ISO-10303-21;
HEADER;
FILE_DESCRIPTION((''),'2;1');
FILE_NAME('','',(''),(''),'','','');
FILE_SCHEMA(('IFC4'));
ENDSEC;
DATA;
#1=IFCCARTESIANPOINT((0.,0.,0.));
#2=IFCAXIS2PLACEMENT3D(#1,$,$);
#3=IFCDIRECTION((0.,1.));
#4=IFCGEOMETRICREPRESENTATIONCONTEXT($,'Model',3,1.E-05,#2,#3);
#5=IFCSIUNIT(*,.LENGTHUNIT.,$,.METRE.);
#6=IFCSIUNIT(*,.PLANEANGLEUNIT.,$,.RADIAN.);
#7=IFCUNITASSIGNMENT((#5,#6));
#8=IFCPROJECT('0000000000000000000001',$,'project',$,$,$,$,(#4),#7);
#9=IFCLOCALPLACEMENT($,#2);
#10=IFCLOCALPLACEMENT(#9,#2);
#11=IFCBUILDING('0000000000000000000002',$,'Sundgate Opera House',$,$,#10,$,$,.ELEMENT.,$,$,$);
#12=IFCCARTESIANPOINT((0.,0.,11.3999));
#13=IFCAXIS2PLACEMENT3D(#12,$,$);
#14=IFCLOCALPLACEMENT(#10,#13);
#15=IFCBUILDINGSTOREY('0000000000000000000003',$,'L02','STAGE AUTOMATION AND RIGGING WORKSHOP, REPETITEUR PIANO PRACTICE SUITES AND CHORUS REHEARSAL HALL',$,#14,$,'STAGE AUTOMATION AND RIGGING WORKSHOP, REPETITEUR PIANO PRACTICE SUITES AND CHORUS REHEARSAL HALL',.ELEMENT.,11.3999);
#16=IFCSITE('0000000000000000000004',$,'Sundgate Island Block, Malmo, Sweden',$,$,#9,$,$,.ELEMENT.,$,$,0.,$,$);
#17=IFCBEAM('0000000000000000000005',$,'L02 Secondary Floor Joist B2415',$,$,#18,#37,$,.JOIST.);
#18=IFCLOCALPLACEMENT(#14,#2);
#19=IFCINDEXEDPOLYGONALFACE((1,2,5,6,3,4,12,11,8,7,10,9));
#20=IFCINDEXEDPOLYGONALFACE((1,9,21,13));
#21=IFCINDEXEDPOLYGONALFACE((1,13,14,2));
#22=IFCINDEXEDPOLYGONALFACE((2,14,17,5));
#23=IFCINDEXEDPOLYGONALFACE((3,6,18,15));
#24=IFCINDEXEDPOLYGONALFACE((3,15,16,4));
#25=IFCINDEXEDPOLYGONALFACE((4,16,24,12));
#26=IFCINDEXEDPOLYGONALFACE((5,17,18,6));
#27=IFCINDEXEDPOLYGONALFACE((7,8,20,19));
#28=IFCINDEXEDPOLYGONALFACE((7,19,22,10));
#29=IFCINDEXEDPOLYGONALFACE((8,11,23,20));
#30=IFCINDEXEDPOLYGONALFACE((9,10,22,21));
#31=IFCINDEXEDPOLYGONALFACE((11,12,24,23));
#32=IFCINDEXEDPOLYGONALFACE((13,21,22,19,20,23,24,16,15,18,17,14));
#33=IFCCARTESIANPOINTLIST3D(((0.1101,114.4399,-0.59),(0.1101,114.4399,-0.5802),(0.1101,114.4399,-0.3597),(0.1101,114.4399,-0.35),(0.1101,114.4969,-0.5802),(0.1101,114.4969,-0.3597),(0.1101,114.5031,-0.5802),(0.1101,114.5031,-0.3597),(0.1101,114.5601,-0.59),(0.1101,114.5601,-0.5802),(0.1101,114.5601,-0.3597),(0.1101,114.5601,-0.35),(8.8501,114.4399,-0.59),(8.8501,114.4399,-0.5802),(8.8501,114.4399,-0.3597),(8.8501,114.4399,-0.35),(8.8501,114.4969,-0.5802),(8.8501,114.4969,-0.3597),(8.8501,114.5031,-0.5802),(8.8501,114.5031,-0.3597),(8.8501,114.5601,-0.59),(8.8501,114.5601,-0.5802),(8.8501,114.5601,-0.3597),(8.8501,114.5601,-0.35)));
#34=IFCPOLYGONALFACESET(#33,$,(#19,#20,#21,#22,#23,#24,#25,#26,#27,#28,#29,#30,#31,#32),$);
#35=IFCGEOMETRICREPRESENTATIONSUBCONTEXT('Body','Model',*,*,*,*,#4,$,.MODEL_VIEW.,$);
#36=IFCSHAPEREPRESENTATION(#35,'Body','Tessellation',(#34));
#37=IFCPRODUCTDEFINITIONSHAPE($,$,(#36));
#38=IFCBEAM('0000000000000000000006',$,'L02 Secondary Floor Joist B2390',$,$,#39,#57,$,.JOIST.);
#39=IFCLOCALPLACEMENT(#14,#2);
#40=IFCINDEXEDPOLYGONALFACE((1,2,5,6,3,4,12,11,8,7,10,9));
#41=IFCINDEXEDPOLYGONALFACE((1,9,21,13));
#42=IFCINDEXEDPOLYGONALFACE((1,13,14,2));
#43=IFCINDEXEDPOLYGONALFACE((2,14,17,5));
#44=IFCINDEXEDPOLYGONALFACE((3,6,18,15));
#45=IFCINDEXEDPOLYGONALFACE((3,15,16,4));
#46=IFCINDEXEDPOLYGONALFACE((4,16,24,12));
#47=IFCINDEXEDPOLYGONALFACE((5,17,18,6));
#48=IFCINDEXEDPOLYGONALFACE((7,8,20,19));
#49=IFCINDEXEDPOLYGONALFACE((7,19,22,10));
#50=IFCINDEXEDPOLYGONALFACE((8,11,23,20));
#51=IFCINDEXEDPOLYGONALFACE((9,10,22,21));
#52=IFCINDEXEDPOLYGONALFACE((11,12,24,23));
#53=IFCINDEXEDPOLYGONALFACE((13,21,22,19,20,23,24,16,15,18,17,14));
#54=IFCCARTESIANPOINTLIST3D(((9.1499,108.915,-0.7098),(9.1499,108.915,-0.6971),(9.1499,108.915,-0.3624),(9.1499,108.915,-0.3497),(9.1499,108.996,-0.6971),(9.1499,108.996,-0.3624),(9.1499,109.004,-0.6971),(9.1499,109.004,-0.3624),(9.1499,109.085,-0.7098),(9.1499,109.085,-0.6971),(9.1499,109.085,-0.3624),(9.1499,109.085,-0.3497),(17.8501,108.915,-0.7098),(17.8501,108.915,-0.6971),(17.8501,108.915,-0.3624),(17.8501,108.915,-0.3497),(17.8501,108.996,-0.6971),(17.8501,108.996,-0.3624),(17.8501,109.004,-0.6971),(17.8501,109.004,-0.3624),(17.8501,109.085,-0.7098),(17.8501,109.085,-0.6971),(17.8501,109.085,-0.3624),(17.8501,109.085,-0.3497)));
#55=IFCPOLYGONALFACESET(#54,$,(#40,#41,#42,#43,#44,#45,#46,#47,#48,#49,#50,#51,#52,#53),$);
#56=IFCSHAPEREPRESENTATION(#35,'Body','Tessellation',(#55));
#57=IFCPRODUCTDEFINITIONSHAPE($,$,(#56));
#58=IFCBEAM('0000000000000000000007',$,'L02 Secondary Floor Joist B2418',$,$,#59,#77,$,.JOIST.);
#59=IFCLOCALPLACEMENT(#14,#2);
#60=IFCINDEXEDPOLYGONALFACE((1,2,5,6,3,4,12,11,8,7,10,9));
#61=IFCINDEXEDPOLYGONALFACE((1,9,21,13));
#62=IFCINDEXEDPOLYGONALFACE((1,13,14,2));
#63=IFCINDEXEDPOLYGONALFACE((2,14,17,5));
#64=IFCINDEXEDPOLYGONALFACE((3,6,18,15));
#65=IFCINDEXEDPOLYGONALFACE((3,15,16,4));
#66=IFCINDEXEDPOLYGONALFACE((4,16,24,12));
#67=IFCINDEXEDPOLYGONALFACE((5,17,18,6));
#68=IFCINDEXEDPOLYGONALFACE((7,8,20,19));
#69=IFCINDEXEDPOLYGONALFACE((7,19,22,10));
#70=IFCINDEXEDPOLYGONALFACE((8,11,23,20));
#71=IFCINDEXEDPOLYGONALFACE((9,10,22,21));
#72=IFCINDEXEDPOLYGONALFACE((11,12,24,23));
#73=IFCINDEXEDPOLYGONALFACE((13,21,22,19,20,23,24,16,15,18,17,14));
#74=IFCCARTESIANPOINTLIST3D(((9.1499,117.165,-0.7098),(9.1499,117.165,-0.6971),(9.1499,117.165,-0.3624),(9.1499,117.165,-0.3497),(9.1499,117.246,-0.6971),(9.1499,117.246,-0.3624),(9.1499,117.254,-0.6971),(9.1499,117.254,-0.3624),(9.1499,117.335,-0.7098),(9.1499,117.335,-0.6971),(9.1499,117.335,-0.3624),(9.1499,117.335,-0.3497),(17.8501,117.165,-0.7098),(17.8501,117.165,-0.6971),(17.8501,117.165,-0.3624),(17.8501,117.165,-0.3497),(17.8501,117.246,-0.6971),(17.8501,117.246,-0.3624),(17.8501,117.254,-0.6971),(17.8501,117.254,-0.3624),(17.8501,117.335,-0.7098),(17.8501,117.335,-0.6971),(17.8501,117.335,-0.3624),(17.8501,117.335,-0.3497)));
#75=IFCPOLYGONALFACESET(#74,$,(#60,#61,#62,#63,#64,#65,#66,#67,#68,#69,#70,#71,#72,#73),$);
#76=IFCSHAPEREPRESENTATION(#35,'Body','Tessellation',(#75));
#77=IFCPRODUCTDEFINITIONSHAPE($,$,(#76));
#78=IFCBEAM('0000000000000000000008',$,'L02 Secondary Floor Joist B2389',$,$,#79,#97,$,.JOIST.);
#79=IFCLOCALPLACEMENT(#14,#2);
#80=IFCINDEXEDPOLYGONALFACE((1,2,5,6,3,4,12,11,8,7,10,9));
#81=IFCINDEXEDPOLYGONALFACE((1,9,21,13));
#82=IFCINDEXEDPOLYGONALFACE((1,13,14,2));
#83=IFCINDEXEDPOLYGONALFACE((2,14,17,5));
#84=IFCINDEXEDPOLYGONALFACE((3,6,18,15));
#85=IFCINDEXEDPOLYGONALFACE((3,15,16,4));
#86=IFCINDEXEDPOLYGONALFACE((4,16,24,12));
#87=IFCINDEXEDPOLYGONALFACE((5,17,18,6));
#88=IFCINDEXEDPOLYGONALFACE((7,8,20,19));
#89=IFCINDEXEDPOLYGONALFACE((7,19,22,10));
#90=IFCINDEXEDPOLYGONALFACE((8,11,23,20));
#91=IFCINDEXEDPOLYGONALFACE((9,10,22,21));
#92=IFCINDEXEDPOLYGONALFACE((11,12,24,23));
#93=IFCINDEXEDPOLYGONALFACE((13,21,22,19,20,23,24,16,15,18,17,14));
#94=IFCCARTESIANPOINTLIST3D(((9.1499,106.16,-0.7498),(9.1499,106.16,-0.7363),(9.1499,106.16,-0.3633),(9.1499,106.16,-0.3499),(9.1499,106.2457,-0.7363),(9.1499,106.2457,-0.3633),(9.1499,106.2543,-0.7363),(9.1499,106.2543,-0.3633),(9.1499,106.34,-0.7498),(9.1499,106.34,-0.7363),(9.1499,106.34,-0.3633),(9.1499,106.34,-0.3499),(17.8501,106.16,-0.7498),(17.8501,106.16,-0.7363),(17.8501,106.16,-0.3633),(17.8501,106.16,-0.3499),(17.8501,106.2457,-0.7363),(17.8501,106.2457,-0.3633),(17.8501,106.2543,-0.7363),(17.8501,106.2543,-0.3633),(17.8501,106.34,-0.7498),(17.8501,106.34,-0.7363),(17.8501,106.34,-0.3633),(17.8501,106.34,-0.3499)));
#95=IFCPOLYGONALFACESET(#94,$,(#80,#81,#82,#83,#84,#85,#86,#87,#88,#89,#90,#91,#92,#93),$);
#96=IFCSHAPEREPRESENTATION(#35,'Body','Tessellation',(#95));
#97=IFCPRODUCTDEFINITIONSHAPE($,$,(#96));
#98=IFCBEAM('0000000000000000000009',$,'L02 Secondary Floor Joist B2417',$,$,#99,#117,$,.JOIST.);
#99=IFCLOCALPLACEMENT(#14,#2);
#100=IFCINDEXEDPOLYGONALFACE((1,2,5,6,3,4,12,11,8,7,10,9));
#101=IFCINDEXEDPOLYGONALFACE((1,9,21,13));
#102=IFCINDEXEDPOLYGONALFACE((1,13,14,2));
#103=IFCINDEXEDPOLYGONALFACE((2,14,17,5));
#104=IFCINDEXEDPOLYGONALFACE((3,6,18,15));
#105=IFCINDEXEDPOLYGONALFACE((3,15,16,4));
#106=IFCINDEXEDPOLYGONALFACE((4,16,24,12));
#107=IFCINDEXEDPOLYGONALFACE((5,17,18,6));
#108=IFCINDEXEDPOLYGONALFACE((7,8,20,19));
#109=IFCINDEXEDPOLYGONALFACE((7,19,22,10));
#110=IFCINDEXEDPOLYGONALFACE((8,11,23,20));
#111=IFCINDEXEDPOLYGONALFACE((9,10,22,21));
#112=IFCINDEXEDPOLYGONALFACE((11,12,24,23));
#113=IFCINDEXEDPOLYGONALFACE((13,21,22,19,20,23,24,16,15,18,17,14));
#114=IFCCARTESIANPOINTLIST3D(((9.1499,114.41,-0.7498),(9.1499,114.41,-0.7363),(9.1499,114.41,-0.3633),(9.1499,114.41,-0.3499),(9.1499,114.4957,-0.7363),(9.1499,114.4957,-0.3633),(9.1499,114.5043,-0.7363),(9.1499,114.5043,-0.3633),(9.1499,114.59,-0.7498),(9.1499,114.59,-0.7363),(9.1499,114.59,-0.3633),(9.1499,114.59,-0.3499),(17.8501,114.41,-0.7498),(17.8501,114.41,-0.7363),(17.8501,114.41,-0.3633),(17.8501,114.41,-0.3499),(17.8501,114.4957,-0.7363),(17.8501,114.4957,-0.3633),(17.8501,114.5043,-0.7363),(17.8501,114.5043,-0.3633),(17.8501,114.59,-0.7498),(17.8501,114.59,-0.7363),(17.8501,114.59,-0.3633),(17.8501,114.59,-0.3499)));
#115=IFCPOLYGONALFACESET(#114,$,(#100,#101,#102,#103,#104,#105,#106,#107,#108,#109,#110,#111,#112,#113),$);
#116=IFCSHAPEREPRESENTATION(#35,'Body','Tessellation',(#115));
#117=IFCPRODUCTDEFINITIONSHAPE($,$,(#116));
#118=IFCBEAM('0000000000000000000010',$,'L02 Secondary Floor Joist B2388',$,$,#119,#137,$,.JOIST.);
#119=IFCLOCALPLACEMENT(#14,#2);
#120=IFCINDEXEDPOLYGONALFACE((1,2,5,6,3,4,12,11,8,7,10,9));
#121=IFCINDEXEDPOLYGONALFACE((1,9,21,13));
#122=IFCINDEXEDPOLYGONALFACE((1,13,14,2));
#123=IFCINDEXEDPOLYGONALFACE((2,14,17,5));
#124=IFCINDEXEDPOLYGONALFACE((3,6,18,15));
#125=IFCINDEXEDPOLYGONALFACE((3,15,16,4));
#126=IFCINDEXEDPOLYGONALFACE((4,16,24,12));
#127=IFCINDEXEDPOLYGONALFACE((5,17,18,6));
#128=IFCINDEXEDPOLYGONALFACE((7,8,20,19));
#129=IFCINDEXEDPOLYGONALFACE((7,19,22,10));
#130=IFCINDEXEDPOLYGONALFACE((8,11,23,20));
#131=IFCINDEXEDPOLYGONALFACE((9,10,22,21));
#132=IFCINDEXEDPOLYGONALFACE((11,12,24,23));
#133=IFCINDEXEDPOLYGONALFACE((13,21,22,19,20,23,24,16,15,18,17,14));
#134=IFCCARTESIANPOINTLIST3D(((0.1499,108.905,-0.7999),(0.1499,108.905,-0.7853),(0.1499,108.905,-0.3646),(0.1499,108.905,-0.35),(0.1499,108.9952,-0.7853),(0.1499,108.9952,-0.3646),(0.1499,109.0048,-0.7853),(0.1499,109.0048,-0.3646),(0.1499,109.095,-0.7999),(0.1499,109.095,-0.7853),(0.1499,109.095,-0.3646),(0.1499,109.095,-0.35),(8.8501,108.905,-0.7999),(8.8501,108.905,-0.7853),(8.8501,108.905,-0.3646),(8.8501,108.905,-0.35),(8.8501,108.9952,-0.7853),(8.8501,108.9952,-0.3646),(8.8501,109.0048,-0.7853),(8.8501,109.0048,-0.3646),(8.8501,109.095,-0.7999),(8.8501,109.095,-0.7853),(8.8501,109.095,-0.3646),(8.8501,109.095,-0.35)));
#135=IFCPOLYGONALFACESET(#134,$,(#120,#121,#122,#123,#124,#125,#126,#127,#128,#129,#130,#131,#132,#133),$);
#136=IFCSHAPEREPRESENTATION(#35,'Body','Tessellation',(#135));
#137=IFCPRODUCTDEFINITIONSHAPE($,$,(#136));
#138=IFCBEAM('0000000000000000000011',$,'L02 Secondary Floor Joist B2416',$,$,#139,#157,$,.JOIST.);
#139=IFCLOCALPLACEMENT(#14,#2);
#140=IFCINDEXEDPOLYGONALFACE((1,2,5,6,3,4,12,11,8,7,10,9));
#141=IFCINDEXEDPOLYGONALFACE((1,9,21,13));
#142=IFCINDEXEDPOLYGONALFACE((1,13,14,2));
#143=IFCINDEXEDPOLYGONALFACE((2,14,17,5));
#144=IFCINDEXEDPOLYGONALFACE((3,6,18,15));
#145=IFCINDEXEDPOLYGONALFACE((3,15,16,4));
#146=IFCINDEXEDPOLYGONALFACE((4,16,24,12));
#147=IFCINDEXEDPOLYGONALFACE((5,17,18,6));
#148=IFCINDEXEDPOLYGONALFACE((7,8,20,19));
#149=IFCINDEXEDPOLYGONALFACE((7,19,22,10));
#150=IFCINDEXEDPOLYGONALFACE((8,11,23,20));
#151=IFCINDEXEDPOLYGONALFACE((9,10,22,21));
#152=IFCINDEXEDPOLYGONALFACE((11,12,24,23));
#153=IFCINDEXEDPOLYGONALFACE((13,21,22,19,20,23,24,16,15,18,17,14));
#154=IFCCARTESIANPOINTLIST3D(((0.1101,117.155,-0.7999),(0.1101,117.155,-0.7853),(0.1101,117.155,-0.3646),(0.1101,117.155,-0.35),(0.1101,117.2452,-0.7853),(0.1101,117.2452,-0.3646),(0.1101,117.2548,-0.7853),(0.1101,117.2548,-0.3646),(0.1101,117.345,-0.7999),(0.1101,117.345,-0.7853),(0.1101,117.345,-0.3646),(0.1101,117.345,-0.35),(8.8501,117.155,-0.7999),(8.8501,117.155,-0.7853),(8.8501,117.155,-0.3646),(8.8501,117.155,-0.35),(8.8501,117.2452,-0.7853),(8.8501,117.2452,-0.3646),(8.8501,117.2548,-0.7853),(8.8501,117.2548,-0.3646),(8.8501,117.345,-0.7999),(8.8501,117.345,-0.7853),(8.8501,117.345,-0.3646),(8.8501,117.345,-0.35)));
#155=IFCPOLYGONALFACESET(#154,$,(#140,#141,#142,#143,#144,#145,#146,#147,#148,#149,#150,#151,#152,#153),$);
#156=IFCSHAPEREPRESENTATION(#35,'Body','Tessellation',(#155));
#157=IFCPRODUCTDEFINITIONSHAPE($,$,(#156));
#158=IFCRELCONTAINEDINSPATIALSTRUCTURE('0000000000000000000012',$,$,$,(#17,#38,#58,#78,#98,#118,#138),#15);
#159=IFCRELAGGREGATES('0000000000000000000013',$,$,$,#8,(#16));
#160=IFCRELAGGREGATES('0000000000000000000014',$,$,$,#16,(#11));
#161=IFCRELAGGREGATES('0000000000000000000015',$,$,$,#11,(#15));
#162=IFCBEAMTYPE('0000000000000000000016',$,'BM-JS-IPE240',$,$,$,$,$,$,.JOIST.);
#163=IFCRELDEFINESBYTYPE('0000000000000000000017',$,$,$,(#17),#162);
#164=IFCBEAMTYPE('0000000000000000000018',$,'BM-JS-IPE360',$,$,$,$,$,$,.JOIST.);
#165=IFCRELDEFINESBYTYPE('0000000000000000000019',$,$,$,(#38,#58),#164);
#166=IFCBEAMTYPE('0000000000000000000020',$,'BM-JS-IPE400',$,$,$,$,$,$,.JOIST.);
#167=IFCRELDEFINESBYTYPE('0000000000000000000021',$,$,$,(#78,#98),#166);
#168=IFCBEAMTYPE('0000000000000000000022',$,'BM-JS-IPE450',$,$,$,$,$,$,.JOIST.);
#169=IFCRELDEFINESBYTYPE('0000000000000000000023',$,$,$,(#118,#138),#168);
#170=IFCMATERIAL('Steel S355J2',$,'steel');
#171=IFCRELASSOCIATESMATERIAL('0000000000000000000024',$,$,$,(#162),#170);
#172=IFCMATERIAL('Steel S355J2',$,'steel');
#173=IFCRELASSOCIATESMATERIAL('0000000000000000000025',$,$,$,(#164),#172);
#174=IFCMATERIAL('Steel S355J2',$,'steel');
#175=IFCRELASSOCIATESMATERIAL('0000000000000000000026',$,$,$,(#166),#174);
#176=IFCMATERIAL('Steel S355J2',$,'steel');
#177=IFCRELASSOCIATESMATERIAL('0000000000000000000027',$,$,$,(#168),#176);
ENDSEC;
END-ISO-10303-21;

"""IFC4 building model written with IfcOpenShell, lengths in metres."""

from ifc_helpers import new_model, si_unit, direction, frame, origin, origin_2d, place, context, subcontext, project, spatial, i_section, extrude, material, material_profile, profile_set, type_object, element, save


model = new_model("IFC4")

# Units and contexts
model_context = context("Model", 3, precision=1e-05, world=origin(), true_north=direction((0.0, 1.0)))
body_context = subcontext(model_context, "Body", "Model", "MODEL_VIEW")
ifc_project = project(units=[si_unit("LENGTHUNIT", "METRE"), si_unit("PLANEANGLEUNIT", "RADIAN")], contexts=[model_context])

# Site, building, storey
site_placement = place(None, origin())
site = spatial("IfcSite", under=ifc_project, at=site_placement, Name="Sundgate Island Block, Malmo, Sweden", CompositionType="ELEMENT", RefElevation=0.0)
building_placement = place(site_placement, origin())
building = spatial("IfcBuilding", under=site, at=building_placement, Name="Sundgate Opera House", CompositionType="ELEMENT")
storey_placement = place(building_placement, frame((0.0, 0.0, 11.3999)))
storey = spatial("IfcBuildingStorey", under=building, at=storey_placement, Name="L02", Description="STAGE AUTOMATION AND RIGGING WORKSHOP, REPETITEUR PIANO PRACTICE SUITES AND CHORUS REHEARSAL HALL", LongName="STAGE AUTOMATION AND RIGGING WORKSHOP, REPETITEUR PIANO PRACTICE SUITES AND CHORUS REHEARSAL HALL", CompositionType="ELEMENT", Elevation=11.3999)

# Beams
ifc_material_1 = material(Name="Steel S355J2", Category="steel")
ifc_material_profile_1 = material_profile(ifc_material_1, i_section(OverallWidth=0.1201, OverallDepth=0.24, WebThickness=0.0061, FlangeThickness=0.0098, at=origin_2d()), Name="IPE 240")
ifc_profile_set_1 = profile_set([ifc_material_profile_1], Name="Steel S355J2")
beam_type_1 = type_object("IfcBeamType", Name="BM-JS-IPE240", PredefinedType="JOIST", material=ifc_profile_set_1)
beam_1_placement = place(storey_placement, frame((0.1101, 114.5, -0.47), z_axis=(1.0, 0.0, 0.0), x_axis=(0.0, 1.0, 0.0)))
element("IfcBeam", 1, at=beam_1_placement, inside=storey, type_object=beam_type_1, Name="L02 Secondary Floor Joist B2415", PredefinedType="JOIST", context=body_context, shape_type="SweptSolid", body=[
    extrude(i_section(OverallWidth=0.1201, OverallDepth=0.24, WebThickness=0.0061, FlangeThickness=0.0098, at=origin_2d()), origin(), (0.0, 0.0, 1.0), 8.74),
])
ifc_material_2 = material(Name="Steel S355J2", Category="steel")
ifc_material_profile_2 = material_profile(ifc_material_2, i_section(OverallWidth=0.1699, OverallDepth=0.3601, WebThickness=0.0081, FlangeThickness=0.0127, at=origin_2d()), Name="IPE 360")
ifc_profile_set_2 = profile_set([ifc_material_profile_2], Name="Steel S355J2")
beam_type_2 = type_object("IfcBeamType", Name="BM-JS-IPE360", PredefinedType="JOIST", material=ifc_profile_set_2)
for number, where, z_axis, x_axis, name in (
    (2, (9.1499, 109.0, -0.5298), (1.0, 0.0, 0.0), (0.0, 1.0, 0.0), "L02 Secondary Floor Joist B2390"),
    (3, (9.1499, 117.25, -0.5298), (1.0, 0.0, 0.0), (0.0, 1.0, 0.0), "L02 Secondary Floor Joist B2418"),
):
    element("IfcBeam", number, at=place(storey_placement, frame(where, z_axis=z_axis, x_axis=x_axis)), inside=storey, type_object=beam_type_2, Name=name, PredefinedType="JOIST", context=body_context, shape_type="SweptSolid", body=[
        extrude(i_section(OverallWidth=0.1699, OverallDepth=0.3601, WebThickness=0.0081, FlangeThickness=0.0127, at=origin_2d()), origin(), (0.0, 0.0, 1.0), 8.7002),
    ])
ifc_material_3 = material(Name="Steel S355J2", Category="steel")
ifc_material_profile_3 = material_profile(ifc_material_3, i_section(OverallWidth=0.1799, OverallDepth=0.3999, WebThickness=0.0085, FlangeThickness=0.0134, at=origin_2d()), Name="IPE 400")
ifc_profile_set_3 = profile_set([ifc_material_profile_3], Name="Steel S355J2")
beam_type_3 = type_object("IfcBeamType", Name="BM-JS-IPE400", PredefinedType="JOIST", material=ifc_profile_set_3)
for number, where, z_axis, x_axis, name in (
    (4, (9.1499, 106.25, -0.5498), (1.0, 0.0, 0.0), (0.0, 1.0, 0.0), "L02 Secondary Floor Joist B2389"),
    (5, (9.1499, 114.5, -0.5498), (1.0, 0.0, 0.0), (0.0, 1.0, 0.0), "L02 Secondary Floor Joist B2417"),
):
    element("IfcBeam", number, at=place(storey_placement, frame(where, z_axis=z_axis, x_axis=x_axis)), inside=storey, type_object=beam_type_3, Name=name, PredefinedType="JOIST", context=body_context, shape_type="SweptSolid", body=[
        extrude(i_section(OverallWidth=0.1799, OverallDepth=0.3999, WebThickness=0.0085, FlangeThickness=0.0134, at=origin_2d()), origin(), (0.0, 0.0, 1.0), 8.7002),
    ])
ifc_material_4 = material(Name="Steel S355J2", Category="steel")
ifc_material_profile_4 = material_profile(ifc_material_4, i_section(OverallWidth=0.1899, OverallDepth=0.45, WebThickness=0.0095, FlangeThickness=0.0146, at=origin_2d()), Name="IPE 450")
ifc_profile_set_4 = profile_set([ifc_material_profile_4], Name="Steel S355J2")
beam_type_4 = type_object("IfcBeamType", Name="BM-JS-IPE450", PredefinedType="JOIST", material=ifc_profile_set_4)
beam_2_placement = place(storey_placement, frame((0.1499, 109.0, -0.575), z_axis=(1.0, 0.0, 0.0), x_axis=(0.0, 1.0, 0.0)))
element("IfcBeam", 6, at=beam_2_placement, inside=storey, type_object=beam_type_4, Name="L02 Secondary Floor Joist B2388", PredefinedType="JOIST", context=body_context, shape_type="SweptSolid", body=[
    extrude(i_section(OverallWidth=0.1899, OverallDepth=0.45, WebThickness=0.0095, FlangeThickness=0.0146, at=origin_2d()), origin(), (0.0, 0.0, 1.0), 8.7002),
])
beam_3_placement = place(storey_placement, frame((0.1101, 117.25, -0.575), z_axis=(1.0, 0.0, 0.0), x_axis=(0.0, 1.0, 0.0)))
element("IfcBeam", 7, at=beam_3_placement, inside=storey, type_object=beam_type_4, Name="L02 Secondary Floor Joist B2416", PredefinedType="JOIST", context=body_context, shape_type="SweptSolid", body=[
    extrude(i_section(OverallWidth=0.1899, OverallDepth=0.45, WebThickness=0.0095, FlangeThickness=0.0146, at=origin_2d()), origin(), (0.0, 0.0, 1.0), 8.74),
])

save(model, "model.ifc")
